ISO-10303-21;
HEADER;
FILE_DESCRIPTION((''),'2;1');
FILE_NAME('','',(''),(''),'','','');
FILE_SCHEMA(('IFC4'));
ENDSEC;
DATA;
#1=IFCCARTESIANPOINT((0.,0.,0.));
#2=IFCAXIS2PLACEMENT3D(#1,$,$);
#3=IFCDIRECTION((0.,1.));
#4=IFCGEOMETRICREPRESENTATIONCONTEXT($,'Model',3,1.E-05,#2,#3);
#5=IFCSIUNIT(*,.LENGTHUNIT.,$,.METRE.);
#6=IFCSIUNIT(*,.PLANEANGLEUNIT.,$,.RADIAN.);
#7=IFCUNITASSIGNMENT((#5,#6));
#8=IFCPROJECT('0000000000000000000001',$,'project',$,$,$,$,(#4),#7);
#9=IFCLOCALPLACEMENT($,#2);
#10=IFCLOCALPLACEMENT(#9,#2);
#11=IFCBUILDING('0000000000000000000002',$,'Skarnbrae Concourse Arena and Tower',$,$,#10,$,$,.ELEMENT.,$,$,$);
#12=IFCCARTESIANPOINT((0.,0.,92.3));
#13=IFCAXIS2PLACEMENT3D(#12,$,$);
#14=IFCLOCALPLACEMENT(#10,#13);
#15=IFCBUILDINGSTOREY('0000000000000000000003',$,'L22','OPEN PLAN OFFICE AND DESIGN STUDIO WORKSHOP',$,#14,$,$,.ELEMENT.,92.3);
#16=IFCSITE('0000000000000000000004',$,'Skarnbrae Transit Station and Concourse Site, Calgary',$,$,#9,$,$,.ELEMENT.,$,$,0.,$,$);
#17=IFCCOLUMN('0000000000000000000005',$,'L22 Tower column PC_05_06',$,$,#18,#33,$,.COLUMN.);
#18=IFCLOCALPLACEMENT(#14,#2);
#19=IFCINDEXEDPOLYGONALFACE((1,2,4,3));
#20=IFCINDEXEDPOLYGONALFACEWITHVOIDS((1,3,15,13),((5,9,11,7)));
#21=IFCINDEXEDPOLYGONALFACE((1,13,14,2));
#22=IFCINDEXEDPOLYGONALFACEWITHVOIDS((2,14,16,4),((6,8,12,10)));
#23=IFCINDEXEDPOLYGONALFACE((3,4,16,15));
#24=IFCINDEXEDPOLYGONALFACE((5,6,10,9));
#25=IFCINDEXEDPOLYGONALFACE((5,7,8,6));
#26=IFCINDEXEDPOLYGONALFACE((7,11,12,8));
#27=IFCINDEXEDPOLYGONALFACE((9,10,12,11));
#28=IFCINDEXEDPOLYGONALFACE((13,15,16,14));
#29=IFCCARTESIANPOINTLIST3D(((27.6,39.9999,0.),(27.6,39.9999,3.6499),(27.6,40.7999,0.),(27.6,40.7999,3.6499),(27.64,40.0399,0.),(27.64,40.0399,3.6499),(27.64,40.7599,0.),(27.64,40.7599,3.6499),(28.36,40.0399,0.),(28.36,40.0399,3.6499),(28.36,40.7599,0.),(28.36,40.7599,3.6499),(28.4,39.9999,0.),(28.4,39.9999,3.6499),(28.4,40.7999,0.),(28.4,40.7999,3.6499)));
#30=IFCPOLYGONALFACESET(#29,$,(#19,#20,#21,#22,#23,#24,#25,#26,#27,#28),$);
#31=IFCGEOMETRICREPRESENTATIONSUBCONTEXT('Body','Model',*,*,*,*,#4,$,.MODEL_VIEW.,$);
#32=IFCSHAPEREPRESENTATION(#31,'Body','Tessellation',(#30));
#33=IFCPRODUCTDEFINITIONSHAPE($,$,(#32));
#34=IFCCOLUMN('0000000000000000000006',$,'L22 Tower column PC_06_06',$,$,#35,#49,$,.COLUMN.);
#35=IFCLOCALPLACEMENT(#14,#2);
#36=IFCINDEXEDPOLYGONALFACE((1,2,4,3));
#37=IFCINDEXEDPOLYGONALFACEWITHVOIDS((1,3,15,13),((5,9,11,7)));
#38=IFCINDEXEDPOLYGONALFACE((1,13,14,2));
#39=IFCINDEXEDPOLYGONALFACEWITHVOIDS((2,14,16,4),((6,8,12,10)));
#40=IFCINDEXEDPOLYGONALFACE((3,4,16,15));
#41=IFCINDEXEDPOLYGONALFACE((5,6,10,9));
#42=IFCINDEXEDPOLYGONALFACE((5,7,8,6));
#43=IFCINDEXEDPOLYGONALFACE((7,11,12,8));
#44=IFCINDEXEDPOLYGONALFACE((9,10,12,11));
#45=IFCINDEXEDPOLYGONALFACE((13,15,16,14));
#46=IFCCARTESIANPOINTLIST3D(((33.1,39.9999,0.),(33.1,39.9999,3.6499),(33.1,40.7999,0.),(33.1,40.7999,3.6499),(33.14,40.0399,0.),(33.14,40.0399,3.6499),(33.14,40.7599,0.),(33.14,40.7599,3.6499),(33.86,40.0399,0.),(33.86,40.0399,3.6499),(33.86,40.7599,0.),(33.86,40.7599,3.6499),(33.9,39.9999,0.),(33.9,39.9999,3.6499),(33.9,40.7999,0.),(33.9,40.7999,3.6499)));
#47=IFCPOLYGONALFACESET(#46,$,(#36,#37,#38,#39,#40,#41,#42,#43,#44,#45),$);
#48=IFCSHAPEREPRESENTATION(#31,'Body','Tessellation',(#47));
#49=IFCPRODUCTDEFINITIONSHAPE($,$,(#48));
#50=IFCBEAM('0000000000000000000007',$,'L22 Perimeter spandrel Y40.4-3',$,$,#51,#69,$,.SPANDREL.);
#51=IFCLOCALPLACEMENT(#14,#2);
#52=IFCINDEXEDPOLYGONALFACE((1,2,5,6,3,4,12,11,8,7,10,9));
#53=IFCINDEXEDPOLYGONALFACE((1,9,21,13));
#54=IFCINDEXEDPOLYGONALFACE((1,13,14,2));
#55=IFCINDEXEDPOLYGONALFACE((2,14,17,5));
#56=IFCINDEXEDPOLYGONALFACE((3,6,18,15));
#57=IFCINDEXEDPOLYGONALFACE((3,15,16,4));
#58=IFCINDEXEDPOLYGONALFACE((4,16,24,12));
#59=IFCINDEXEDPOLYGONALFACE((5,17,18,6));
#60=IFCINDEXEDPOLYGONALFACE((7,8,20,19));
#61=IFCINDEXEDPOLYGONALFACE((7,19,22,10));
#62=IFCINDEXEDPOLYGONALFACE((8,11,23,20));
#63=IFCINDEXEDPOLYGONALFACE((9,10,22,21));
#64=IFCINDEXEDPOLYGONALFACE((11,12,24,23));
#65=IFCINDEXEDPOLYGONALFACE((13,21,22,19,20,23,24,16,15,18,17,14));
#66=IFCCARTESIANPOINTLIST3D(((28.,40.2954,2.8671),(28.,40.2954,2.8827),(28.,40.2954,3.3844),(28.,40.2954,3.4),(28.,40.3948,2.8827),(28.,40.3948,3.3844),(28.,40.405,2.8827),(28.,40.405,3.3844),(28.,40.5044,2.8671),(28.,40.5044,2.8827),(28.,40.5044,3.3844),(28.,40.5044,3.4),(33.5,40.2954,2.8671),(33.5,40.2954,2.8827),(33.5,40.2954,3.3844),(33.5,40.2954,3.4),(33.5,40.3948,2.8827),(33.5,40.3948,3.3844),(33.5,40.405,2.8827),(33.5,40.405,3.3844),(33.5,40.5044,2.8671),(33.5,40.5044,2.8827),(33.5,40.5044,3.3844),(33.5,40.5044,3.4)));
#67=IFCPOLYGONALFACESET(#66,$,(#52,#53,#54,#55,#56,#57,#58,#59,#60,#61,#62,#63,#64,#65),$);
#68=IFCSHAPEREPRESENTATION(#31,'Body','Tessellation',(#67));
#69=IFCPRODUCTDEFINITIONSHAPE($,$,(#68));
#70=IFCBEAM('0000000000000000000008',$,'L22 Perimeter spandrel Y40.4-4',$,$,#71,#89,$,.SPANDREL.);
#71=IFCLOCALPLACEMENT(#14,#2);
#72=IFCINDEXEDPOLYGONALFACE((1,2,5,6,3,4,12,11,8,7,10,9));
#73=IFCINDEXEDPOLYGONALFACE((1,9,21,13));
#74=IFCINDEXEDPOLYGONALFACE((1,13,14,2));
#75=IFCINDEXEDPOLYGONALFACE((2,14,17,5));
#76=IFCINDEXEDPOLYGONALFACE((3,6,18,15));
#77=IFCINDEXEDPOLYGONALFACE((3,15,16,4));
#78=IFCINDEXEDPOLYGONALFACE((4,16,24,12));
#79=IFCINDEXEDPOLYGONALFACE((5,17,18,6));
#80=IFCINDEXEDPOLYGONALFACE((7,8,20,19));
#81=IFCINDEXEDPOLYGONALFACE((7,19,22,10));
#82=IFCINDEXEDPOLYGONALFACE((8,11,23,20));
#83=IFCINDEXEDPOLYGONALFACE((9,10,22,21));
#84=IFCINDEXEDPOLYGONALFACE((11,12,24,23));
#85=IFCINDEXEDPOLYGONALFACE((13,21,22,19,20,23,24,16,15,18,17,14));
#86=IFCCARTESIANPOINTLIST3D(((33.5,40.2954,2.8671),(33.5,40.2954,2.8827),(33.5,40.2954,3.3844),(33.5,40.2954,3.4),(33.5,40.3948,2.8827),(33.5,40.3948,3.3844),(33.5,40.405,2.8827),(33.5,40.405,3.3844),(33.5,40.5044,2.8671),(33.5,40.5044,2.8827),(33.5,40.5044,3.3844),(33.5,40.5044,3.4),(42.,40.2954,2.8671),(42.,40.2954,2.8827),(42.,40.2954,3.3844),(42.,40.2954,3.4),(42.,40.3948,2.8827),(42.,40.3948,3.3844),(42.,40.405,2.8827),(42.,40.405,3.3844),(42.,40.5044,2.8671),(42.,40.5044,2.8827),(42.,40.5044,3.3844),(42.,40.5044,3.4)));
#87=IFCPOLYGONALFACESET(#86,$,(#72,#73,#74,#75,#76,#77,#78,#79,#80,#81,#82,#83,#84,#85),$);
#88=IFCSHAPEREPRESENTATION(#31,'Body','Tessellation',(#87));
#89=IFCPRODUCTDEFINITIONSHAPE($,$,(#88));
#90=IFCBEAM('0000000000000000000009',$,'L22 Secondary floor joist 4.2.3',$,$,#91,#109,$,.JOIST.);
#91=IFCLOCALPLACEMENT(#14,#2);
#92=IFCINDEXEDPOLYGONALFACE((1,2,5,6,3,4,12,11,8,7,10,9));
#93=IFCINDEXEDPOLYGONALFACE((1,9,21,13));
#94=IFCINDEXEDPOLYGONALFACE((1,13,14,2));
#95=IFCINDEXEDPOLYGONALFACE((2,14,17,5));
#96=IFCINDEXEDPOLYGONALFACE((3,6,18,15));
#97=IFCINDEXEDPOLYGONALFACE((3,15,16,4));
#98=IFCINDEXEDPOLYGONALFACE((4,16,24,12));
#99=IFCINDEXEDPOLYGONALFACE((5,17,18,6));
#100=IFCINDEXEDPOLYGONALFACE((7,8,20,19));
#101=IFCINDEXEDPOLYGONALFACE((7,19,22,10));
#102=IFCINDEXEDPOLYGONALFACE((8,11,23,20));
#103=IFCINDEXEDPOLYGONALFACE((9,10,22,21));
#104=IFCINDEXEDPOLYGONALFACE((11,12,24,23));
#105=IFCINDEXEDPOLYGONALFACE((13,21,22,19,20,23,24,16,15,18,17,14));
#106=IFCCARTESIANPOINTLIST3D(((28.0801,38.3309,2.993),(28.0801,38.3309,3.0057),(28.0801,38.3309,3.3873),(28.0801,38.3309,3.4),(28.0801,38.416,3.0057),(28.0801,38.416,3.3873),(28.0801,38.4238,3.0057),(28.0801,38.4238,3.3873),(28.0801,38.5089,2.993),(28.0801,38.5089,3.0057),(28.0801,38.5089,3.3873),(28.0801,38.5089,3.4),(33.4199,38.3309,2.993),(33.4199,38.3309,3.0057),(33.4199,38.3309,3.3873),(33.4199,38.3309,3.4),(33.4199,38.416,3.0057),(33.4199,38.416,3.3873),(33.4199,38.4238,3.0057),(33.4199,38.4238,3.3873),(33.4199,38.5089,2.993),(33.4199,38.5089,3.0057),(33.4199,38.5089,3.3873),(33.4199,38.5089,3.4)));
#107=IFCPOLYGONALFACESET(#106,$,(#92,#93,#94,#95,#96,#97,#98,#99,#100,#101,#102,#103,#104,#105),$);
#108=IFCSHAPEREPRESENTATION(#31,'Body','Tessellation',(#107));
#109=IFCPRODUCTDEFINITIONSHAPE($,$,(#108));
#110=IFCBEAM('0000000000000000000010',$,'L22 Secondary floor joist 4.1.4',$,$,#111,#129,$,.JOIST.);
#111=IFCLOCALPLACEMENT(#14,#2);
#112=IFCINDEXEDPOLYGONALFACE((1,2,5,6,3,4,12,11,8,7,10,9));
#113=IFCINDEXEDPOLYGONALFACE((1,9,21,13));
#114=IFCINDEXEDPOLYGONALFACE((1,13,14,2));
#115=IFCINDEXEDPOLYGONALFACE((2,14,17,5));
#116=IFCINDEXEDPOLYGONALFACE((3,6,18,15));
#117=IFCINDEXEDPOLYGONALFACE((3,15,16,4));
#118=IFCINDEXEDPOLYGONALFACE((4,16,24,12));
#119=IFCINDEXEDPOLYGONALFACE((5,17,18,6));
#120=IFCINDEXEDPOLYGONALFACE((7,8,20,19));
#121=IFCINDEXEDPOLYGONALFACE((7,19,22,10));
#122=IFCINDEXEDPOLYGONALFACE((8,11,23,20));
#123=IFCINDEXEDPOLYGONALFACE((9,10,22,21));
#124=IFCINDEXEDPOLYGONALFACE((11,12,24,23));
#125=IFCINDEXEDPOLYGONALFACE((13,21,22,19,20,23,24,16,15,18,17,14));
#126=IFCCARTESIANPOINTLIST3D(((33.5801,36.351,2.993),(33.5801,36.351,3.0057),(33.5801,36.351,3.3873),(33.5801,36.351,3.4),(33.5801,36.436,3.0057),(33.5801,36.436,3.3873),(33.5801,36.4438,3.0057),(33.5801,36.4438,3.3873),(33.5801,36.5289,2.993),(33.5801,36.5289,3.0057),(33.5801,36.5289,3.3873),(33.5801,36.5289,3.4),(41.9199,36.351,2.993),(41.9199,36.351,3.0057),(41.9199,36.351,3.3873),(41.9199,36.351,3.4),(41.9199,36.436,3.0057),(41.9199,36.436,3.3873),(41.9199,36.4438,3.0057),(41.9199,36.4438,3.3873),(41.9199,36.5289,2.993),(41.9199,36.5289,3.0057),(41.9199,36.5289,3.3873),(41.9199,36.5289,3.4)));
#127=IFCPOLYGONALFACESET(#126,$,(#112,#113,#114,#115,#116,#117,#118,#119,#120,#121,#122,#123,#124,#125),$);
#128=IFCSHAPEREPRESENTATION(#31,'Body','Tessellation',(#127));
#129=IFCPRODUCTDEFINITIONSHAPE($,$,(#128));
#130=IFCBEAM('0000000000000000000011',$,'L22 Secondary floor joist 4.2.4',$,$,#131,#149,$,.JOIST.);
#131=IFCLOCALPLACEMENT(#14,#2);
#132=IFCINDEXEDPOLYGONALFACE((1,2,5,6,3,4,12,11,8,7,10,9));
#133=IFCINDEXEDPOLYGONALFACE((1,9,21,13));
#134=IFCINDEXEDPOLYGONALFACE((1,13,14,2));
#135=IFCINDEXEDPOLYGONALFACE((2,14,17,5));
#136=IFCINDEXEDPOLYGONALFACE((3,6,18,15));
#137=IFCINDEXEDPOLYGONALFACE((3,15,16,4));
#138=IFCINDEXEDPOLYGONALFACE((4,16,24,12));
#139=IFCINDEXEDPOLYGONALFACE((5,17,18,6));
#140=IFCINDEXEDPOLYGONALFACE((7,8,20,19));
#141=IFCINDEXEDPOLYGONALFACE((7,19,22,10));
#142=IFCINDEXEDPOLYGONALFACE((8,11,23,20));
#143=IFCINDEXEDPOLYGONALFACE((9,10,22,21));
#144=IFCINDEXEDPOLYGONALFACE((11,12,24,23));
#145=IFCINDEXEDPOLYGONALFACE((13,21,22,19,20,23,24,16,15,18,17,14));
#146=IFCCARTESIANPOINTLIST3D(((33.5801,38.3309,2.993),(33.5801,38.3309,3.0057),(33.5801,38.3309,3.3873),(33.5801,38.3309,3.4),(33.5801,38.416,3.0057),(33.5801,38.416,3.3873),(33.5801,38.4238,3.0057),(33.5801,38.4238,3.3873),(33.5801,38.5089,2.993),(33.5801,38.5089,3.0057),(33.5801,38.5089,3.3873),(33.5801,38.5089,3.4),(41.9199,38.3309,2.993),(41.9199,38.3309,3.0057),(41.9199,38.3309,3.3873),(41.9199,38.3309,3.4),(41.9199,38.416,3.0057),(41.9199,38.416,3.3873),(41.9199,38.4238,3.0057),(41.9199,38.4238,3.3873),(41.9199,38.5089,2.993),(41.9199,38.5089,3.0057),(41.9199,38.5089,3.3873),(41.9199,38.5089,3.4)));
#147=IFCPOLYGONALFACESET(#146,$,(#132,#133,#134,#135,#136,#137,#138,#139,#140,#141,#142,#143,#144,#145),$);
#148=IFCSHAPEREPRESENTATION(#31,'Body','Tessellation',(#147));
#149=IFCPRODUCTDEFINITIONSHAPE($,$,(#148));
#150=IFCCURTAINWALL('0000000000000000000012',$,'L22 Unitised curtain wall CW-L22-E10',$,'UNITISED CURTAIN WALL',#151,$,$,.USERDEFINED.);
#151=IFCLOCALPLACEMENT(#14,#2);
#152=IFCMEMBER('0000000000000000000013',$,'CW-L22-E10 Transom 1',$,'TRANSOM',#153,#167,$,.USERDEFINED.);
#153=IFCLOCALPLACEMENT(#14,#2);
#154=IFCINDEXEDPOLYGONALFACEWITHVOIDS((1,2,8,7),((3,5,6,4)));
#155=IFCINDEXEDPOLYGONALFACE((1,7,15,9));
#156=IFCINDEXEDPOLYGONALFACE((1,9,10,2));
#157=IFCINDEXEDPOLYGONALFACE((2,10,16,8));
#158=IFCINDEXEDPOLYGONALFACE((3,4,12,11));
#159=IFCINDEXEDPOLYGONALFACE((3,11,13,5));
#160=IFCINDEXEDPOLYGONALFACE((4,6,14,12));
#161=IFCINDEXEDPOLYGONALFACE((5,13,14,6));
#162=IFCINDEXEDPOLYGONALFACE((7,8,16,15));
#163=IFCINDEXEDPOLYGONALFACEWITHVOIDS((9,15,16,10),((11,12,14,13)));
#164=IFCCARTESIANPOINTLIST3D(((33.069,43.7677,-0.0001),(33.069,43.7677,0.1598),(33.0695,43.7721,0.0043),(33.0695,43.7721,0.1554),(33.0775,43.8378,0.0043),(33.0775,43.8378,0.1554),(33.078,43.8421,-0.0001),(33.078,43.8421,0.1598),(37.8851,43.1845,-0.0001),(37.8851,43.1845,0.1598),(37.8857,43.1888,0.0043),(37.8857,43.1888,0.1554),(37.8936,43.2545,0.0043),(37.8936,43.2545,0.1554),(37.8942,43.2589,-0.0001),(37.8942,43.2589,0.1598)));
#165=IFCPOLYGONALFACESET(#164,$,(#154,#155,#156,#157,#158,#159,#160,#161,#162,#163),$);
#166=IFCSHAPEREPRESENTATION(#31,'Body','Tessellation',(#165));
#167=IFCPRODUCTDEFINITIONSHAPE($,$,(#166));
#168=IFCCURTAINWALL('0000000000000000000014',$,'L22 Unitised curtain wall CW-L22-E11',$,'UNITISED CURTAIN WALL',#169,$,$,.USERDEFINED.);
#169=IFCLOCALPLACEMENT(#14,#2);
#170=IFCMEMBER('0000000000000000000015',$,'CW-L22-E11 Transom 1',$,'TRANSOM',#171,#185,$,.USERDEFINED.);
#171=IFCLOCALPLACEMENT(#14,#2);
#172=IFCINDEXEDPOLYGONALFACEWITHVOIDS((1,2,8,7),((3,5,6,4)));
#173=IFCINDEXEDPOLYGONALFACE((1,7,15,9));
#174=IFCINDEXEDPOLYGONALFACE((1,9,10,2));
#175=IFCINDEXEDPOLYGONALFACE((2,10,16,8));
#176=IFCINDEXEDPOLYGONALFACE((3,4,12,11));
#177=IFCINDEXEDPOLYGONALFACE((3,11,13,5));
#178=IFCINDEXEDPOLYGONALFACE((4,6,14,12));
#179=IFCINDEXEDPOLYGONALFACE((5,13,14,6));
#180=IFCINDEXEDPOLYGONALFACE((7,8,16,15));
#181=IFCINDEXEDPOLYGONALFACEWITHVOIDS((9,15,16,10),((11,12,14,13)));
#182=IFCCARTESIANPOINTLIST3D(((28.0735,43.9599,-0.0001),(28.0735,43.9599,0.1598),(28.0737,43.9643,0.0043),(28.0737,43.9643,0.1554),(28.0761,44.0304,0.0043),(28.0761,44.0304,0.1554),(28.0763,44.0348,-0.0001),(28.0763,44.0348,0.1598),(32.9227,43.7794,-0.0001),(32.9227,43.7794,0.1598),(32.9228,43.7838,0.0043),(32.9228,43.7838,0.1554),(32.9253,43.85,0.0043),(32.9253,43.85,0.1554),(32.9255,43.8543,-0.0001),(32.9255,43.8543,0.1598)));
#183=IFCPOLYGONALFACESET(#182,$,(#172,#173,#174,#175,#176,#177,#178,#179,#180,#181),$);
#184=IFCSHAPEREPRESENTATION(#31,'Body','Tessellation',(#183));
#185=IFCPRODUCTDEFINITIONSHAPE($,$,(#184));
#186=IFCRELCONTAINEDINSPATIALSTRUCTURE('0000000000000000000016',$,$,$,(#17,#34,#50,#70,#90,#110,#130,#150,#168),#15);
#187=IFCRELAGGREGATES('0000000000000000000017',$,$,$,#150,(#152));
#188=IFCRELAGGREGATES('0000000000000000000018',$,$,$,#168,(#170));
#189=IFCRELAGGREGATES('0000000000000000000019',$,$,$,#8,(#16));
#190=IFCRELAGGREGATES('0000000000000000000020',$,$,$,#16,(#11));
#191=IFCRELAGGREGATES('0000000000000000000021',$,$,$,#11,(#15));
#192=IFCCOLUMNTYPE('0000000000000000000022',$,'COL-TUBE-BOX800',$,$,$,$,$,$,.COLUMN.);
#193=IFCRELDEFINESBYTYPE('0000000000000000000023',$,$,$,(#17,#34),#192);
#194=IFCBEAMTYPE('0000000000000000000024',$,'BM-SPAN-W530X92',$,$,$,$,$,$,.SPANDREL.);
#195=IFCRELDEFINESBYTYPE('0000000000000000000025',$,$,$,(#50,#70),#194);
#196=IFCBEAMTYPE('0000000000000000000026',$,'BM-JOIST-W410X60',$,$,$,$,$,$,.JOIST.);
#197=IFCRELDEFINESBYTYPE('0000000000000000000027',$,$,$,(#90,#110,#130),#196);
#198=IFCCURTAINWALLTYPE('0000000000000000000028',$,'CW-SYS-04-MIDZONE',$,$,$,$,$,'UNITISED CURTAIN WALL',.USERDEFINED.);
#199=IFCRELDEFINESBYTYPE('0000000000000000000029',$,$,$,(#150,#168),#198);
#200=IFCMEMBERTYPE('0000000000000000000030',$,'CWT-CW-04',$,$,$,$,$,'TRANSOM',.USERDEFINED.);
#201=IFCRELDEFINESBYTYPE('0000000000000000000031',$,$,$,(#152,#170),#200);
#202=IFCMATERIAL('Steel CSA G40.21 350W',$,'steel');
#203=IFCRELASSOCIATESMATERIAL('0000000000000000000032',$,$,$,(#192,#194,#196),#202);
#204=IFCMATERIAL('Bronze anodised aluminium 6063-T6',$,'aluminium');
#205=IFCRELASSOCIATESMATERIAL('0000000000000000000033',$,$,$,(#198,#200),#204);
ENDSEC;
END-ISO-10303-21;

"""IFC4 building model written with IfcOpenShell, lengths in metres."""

from ifc_helpers import new_model, si_unit, direction, frame, origin, origin_2d, place, context, subcontext, project, spatial, hollow_rectangle, i_section, extrude, source, transform, mapped, material, material_profile, profile_set, type_object, element, aggregate, save


model = new_model("IFC4")

# Units and contexts
model_context = context("Model", 3, precision=1e-05, world=origin(), true_north=direction((0.0, 1.0)))
body_context = subcontext(model_context, "Body", "Model", "MODEL_VIEW")
ifc_project = project(units=[si_unit("LENGTHUNIT", "METRE"), si_unit("PLANEANGLEUNIT", "RADIAN")], contexts=[model_context])

# Site, building, storey
site_placement = place(None, origin())
site = spatial("IfcSite", under=ifc_project, at=site_placement, Name="Skarnbrae Transit Station and Concourse Site, Calgary", CompositionType="ELEMENT", RefElevation=0.0)
building_placement = place(site_placement, origin())
building = spatial("IfcBuilding", under=site, at=building_placement, Name="Skarnbrae Concourse Arena and Tower", CompositionType="ELEMENT")
storey_placement = place(building_placement, frame((0.0, 0.0, 92.3)))
storey = spatial("IfcBuildingStorey", under=building, at=storey_placement, Name="L22", Description="OPEN PLAN OFFICE AND DESIGN STUDIO WORKSHOP", CompositionType="ELEMENT", Elevation=92.3)

# Columns
ifc_material_1 = material(Name="Steel CSA G40.21 350W", Category="steel")
ifc_material_profile_1 = material_profile(ifc_material_1, hollow_rectangle(XDim=0.8, YDim=0.8, WallThickness=0.04, at=origin_2d()), Name="BOX800X800X40")
ifc_profile_set_1 = profile_set([ifc_material_profile_1], Name="Steel CSA G40.21 350W")
column_type = type_object("IfcColumnType", Name="COL-TUBE-BOX800", PredefinedType="COLUMN", material=ifc_profile_set_1)
shared_shape_1 = source(origin(), body_context, "Body", "SweptSolid", [
    extrude(hollow_rectangle(XDim=0.8, YDim=0.8, WallThickness=0.04, at=origin_2d()), origin(), (0.0, 0.0, 1.0), 3.6499),
])
for number, where, z_axis, x_axis, name in (
    (1, (28.0, 40.3999, 0.0), (0.0, 0.0, 1.0), (1.0, 0.0, 0.0), "L22 Tower column PC_05_06"),
    (2, (33.5, 40.3999, 0.0), (0.0, 0.0, 1.0), (1.0, 0.0, 0.0), "L22 Tower column PC_06_06"),
):
    element("IfcColumn", number, at=place(storey_placement, frame(where, z_axis=z_axis, x_axis=x_axis)), inside=storey, type_object=column_type, Name=name, PredefinedType="COLUMN", context=body_context, shape_type="MappedRepresentation", body=[
        mapped(shared_shape_1, transform((0.0, 0.0, 0.0))),
    ])

# Beams
ifc_material_profile_2 = material_profile(ifc_material_1, i_section(OverallWidth=0.209, OverallDepth=0.533, WebThickness=0.0103, FlangeThickness=0.0156, at=origin_2d()), Name="W530X92")
ifc_profile_set_2 = profile_set([ifc_material_profile_2], Name="Steel CSA G40.21 350W")
beam_type_1 = type_object("IfcBeamType", Name="BM-SPAN-W530X92", PredefinedType="SPANDREL", material=ifc_profile_set_2)
shared_shape_2 = source(origin(), body_context, "Body", "SweptSolid", [
    extrude(i_section(OverallWidth=0.209, OverallDepth=0.533, WebThickness=0.0103, FlangeThickness=0.0156, at=origin_2d()), origin(), (0.0, 0.0, 1.0), 5.5),
])
beam_1_placement = place(storey_placement, frame((28.0, 40.3999, 3.1335), z_axis=(1.0, 0.0, 0.0), x_axis=(0.0, 1.0, 0.0)))
element("IfcBeam", 3, at=beam_1_placement, inside=storey, type_object=beam_type_1, Name="L22 Perimeter spandrel Y40.4-3", PredefinedType="SPANDREL", context=body_context, shape_type="MappedRepresentation", body=[
    mapped(shared_shape_2, transform((0.0, 0.0, 0.0))),
])
shared_shape_3 = source(origin(), body_context, "Body", "SweptSolid", [
    extrude(i_section(OverallWidth=0.209, OverallDepth=0.533, WebThickness=0.0103, FlangeThickness=0.0156, at=origin_2d()), origin(), (0.0, 0.0, 1.0), 8.5),
])
beam_2_placement = place(storey_placement, frame((33.5, 40.3999, 3.1335), z_axis=(1.0, 0.0, 0.0), x_axis=(0.0, 1.0, 0.0)))
element("IfcBeam", 4, at=beam_2_placement, inside=storey, type_object=beam_type_1, Name="L22 Perimeter spandrel Y40.4-4", PredefinedType="SPANDREL", context=body_context, shape_type="MappedRepresentation", body=[
    mapped(shared_shape_3, transform((0.0, 0.0, 0.0))),
])
ifc_material_profile_3 = material_profile(ifc_material_1, i_section(OverallWidth=0.178, OverallDepth=0.407, WebThickness=0.0078, FlangeThickness=0.0127, at=origin_2d()), Name="W410X60")
ifc_profile_set_3 = profile_set([ifc_material_profile_3], Name="Steel CSA G40.21 350W")
beam_type_2 = type_object("IfcBeamType", Name="BM-JOIST-W410X60", PredefinedType="JOIST", material=ifc_profile_set_3)
shared_shape_4 = source(origin(), body_context, "Body", "SweptSolid", [
    extrude(i_section(OverallWidth=0.178, OverallDepth=0.407, WebThickness=0.0078, FlangeThickness=0.0127, at=origin_2d()), origin(), (0.0, 0.0, 1.0), 5.3398),
])
beam_3_placement = place(storey_placement, frame((28.0801, 38.4199, 3.1965), z_axis=(1.0, 0.0, 0.0), x_axis=(0.0, 1.0, 0.0)))
element("IfcBeam", 5, at=beam_3_placement, inside=storey, type_object=beam_type_2, Name="L22 Secondary floor joist 4.2.3", PredefinedType="JOIST", context=body_context, shape_type="MappedRepresentation", body=[
    mapped(shared_shape_4, transform((0.0, 0.0, 0.0))),
])
shared_shape_5 = source(origin(), body_context, "Body", "SweptSolid", [
    extrude(i_section(OverallWidth=0.178, OverallDepth=0.407, WebThickness=0.0078, FlangeThickness=0.0127, at=origin_2d()), origin(), (0.0, 0.0, 1.0), 8.3398),
])
for number, where, z_axis, x_axis, name in (
    (6, (33.5801, 36.4399, 3.1965), (1.0, 0.0, 0.0), (0.0, 1.0, 0.0), "L22 Secondary floor joist 4.1.4"),
    (7, (33.5801, 38.4199, 3.1965), (1.0, 0.0, 0.0), (0.0, 1.0, 0.0), "L22 Secondary floor joist 4.2.4"),
):
    element("IfcBeam", number, at=place(storey_placement, frame(where, z_axis=z_axis, x_axis=x_axis)), inside=storey, type_object=beam_type_2, Name=name, PredefinedType="JOIST", context=body_context, shape_type="MappedRepresentation", body=[
        mapped(shared_shape_5, transform((0.0, 0.0, 0.0))),
    ])

# Curtain walls, members
ifc_material_2 = material(Name="Bronze anodised aluminium 6063-T6", Category="aluminium")
curtain_wall_type = type_object("IfcCurtainWallType", Name="CW-SYS-04-MIDZONE", ElementType="UNITISED CURTAIN WALL", PredefinedType="USERDEFINED", material=ifc_material_2)
curtain_wall_1_placement = place(storey_placement, origin())
curtain_wall_1 = element("IfcCurtainWall", 8, at=curtain_wall_1_placement, inside=storey, type_object=curtain_wall_type, Name="L22 Unitised curtain wall CW-L22-E10", ObjectType="UNITISED CURTAIN WALL", PredefinedType="USERDEFINED")
ifc_material_profile_4 = material_profile(ifc_material_2, hollow_rectangle(XDim=0.075, YDim=0.1599, WallThickness=0.0044, at=origin_2d()), Name="ALU-TRAN-75X160")
ifc_profile_set_4 = profile_set([ifc_material_profile_4], Name="Bronze anodised aluminium 6063-T6")
member_type_1 = type_object("IfcMemberType", Name="CWT-CW-04", ElementType="TRANSOM", PredefinedType="USERDEFINED", material=ifc_profile_set_4)
shared_shape_6 = source(origin(), body_context, "Body", "SweptSolid", [
    extrude(hollow_rectangle(XDim=0.075, YDim=0.1599, WallThickness=0.0044, at=origin_2d()), origin(), (0.0, 0.0, 1.0), 4.8513),
])
member_1_placement = place(storey_placement, frame((37.8896, 43.2217, 0.0798), z_axis=(-0.992747, 0.120225, 0.0), x_axis=(-0.120225, -0.992747, 0.0)))
member_1 = element("IfcMember", 9, at=member_1_placement, type_object=member_type_1, Name="CW-L22-E10 Transom 1", ObjectType="TRANSOM", PredefinedType="USERDEFINED", context=body_context, shape_type="MappedRepresentation", body=[
    mapped(shared_shape_6, transform((0.0, 0.0, 0.0))),
])
curtain_wall_2_placement = place(storey_placement, origin())
curtain_wall_2 = element("IfcCurtainWall", 10, at=curtain_wall_2_placement, inside=storey, type_object=curtain_wall_type, Name="L22 Unitised curtain wall CW-L22-E11", ObjectType="UNITISED CURTAIN WALL", PredefinedType="USERDEFINED")
shared_shape_7 = source(origin(), body_context, "Body", "SweptSolid", [
    extrude(hollow_rectangle(XDim=0.075, YDim=0.1599, WallThickness=0.0044, at=origin_2d()), origin(), (0.0, 0.0, 1.0), 4.8525),
])
member_2_placement = place(storey_placement, frame((32.9241, 43.8169, 0.0798), z_axis=(-0.999309, 0.037181, 0.0), x_axis=(-0.037181, -0.999309, 0.0)))
member_2 = element("IfcMember", 11, at=member_2_placement, type_object=member_type_1, Name="CW-L22-E11 Transom 1", ObjectType="TRANSOM", PredefinedType="USERDEFINED", context=body_context, shape_type="MappedRepresentation", body=[
    mapped(shared_shape_7, transform((0.0, 0.0, 0.0))),
])

aggregate(curtain_wall_1, [member_1])
aggregate(curtain_wall_2, [member_2])

save(model, "model.ifc")
